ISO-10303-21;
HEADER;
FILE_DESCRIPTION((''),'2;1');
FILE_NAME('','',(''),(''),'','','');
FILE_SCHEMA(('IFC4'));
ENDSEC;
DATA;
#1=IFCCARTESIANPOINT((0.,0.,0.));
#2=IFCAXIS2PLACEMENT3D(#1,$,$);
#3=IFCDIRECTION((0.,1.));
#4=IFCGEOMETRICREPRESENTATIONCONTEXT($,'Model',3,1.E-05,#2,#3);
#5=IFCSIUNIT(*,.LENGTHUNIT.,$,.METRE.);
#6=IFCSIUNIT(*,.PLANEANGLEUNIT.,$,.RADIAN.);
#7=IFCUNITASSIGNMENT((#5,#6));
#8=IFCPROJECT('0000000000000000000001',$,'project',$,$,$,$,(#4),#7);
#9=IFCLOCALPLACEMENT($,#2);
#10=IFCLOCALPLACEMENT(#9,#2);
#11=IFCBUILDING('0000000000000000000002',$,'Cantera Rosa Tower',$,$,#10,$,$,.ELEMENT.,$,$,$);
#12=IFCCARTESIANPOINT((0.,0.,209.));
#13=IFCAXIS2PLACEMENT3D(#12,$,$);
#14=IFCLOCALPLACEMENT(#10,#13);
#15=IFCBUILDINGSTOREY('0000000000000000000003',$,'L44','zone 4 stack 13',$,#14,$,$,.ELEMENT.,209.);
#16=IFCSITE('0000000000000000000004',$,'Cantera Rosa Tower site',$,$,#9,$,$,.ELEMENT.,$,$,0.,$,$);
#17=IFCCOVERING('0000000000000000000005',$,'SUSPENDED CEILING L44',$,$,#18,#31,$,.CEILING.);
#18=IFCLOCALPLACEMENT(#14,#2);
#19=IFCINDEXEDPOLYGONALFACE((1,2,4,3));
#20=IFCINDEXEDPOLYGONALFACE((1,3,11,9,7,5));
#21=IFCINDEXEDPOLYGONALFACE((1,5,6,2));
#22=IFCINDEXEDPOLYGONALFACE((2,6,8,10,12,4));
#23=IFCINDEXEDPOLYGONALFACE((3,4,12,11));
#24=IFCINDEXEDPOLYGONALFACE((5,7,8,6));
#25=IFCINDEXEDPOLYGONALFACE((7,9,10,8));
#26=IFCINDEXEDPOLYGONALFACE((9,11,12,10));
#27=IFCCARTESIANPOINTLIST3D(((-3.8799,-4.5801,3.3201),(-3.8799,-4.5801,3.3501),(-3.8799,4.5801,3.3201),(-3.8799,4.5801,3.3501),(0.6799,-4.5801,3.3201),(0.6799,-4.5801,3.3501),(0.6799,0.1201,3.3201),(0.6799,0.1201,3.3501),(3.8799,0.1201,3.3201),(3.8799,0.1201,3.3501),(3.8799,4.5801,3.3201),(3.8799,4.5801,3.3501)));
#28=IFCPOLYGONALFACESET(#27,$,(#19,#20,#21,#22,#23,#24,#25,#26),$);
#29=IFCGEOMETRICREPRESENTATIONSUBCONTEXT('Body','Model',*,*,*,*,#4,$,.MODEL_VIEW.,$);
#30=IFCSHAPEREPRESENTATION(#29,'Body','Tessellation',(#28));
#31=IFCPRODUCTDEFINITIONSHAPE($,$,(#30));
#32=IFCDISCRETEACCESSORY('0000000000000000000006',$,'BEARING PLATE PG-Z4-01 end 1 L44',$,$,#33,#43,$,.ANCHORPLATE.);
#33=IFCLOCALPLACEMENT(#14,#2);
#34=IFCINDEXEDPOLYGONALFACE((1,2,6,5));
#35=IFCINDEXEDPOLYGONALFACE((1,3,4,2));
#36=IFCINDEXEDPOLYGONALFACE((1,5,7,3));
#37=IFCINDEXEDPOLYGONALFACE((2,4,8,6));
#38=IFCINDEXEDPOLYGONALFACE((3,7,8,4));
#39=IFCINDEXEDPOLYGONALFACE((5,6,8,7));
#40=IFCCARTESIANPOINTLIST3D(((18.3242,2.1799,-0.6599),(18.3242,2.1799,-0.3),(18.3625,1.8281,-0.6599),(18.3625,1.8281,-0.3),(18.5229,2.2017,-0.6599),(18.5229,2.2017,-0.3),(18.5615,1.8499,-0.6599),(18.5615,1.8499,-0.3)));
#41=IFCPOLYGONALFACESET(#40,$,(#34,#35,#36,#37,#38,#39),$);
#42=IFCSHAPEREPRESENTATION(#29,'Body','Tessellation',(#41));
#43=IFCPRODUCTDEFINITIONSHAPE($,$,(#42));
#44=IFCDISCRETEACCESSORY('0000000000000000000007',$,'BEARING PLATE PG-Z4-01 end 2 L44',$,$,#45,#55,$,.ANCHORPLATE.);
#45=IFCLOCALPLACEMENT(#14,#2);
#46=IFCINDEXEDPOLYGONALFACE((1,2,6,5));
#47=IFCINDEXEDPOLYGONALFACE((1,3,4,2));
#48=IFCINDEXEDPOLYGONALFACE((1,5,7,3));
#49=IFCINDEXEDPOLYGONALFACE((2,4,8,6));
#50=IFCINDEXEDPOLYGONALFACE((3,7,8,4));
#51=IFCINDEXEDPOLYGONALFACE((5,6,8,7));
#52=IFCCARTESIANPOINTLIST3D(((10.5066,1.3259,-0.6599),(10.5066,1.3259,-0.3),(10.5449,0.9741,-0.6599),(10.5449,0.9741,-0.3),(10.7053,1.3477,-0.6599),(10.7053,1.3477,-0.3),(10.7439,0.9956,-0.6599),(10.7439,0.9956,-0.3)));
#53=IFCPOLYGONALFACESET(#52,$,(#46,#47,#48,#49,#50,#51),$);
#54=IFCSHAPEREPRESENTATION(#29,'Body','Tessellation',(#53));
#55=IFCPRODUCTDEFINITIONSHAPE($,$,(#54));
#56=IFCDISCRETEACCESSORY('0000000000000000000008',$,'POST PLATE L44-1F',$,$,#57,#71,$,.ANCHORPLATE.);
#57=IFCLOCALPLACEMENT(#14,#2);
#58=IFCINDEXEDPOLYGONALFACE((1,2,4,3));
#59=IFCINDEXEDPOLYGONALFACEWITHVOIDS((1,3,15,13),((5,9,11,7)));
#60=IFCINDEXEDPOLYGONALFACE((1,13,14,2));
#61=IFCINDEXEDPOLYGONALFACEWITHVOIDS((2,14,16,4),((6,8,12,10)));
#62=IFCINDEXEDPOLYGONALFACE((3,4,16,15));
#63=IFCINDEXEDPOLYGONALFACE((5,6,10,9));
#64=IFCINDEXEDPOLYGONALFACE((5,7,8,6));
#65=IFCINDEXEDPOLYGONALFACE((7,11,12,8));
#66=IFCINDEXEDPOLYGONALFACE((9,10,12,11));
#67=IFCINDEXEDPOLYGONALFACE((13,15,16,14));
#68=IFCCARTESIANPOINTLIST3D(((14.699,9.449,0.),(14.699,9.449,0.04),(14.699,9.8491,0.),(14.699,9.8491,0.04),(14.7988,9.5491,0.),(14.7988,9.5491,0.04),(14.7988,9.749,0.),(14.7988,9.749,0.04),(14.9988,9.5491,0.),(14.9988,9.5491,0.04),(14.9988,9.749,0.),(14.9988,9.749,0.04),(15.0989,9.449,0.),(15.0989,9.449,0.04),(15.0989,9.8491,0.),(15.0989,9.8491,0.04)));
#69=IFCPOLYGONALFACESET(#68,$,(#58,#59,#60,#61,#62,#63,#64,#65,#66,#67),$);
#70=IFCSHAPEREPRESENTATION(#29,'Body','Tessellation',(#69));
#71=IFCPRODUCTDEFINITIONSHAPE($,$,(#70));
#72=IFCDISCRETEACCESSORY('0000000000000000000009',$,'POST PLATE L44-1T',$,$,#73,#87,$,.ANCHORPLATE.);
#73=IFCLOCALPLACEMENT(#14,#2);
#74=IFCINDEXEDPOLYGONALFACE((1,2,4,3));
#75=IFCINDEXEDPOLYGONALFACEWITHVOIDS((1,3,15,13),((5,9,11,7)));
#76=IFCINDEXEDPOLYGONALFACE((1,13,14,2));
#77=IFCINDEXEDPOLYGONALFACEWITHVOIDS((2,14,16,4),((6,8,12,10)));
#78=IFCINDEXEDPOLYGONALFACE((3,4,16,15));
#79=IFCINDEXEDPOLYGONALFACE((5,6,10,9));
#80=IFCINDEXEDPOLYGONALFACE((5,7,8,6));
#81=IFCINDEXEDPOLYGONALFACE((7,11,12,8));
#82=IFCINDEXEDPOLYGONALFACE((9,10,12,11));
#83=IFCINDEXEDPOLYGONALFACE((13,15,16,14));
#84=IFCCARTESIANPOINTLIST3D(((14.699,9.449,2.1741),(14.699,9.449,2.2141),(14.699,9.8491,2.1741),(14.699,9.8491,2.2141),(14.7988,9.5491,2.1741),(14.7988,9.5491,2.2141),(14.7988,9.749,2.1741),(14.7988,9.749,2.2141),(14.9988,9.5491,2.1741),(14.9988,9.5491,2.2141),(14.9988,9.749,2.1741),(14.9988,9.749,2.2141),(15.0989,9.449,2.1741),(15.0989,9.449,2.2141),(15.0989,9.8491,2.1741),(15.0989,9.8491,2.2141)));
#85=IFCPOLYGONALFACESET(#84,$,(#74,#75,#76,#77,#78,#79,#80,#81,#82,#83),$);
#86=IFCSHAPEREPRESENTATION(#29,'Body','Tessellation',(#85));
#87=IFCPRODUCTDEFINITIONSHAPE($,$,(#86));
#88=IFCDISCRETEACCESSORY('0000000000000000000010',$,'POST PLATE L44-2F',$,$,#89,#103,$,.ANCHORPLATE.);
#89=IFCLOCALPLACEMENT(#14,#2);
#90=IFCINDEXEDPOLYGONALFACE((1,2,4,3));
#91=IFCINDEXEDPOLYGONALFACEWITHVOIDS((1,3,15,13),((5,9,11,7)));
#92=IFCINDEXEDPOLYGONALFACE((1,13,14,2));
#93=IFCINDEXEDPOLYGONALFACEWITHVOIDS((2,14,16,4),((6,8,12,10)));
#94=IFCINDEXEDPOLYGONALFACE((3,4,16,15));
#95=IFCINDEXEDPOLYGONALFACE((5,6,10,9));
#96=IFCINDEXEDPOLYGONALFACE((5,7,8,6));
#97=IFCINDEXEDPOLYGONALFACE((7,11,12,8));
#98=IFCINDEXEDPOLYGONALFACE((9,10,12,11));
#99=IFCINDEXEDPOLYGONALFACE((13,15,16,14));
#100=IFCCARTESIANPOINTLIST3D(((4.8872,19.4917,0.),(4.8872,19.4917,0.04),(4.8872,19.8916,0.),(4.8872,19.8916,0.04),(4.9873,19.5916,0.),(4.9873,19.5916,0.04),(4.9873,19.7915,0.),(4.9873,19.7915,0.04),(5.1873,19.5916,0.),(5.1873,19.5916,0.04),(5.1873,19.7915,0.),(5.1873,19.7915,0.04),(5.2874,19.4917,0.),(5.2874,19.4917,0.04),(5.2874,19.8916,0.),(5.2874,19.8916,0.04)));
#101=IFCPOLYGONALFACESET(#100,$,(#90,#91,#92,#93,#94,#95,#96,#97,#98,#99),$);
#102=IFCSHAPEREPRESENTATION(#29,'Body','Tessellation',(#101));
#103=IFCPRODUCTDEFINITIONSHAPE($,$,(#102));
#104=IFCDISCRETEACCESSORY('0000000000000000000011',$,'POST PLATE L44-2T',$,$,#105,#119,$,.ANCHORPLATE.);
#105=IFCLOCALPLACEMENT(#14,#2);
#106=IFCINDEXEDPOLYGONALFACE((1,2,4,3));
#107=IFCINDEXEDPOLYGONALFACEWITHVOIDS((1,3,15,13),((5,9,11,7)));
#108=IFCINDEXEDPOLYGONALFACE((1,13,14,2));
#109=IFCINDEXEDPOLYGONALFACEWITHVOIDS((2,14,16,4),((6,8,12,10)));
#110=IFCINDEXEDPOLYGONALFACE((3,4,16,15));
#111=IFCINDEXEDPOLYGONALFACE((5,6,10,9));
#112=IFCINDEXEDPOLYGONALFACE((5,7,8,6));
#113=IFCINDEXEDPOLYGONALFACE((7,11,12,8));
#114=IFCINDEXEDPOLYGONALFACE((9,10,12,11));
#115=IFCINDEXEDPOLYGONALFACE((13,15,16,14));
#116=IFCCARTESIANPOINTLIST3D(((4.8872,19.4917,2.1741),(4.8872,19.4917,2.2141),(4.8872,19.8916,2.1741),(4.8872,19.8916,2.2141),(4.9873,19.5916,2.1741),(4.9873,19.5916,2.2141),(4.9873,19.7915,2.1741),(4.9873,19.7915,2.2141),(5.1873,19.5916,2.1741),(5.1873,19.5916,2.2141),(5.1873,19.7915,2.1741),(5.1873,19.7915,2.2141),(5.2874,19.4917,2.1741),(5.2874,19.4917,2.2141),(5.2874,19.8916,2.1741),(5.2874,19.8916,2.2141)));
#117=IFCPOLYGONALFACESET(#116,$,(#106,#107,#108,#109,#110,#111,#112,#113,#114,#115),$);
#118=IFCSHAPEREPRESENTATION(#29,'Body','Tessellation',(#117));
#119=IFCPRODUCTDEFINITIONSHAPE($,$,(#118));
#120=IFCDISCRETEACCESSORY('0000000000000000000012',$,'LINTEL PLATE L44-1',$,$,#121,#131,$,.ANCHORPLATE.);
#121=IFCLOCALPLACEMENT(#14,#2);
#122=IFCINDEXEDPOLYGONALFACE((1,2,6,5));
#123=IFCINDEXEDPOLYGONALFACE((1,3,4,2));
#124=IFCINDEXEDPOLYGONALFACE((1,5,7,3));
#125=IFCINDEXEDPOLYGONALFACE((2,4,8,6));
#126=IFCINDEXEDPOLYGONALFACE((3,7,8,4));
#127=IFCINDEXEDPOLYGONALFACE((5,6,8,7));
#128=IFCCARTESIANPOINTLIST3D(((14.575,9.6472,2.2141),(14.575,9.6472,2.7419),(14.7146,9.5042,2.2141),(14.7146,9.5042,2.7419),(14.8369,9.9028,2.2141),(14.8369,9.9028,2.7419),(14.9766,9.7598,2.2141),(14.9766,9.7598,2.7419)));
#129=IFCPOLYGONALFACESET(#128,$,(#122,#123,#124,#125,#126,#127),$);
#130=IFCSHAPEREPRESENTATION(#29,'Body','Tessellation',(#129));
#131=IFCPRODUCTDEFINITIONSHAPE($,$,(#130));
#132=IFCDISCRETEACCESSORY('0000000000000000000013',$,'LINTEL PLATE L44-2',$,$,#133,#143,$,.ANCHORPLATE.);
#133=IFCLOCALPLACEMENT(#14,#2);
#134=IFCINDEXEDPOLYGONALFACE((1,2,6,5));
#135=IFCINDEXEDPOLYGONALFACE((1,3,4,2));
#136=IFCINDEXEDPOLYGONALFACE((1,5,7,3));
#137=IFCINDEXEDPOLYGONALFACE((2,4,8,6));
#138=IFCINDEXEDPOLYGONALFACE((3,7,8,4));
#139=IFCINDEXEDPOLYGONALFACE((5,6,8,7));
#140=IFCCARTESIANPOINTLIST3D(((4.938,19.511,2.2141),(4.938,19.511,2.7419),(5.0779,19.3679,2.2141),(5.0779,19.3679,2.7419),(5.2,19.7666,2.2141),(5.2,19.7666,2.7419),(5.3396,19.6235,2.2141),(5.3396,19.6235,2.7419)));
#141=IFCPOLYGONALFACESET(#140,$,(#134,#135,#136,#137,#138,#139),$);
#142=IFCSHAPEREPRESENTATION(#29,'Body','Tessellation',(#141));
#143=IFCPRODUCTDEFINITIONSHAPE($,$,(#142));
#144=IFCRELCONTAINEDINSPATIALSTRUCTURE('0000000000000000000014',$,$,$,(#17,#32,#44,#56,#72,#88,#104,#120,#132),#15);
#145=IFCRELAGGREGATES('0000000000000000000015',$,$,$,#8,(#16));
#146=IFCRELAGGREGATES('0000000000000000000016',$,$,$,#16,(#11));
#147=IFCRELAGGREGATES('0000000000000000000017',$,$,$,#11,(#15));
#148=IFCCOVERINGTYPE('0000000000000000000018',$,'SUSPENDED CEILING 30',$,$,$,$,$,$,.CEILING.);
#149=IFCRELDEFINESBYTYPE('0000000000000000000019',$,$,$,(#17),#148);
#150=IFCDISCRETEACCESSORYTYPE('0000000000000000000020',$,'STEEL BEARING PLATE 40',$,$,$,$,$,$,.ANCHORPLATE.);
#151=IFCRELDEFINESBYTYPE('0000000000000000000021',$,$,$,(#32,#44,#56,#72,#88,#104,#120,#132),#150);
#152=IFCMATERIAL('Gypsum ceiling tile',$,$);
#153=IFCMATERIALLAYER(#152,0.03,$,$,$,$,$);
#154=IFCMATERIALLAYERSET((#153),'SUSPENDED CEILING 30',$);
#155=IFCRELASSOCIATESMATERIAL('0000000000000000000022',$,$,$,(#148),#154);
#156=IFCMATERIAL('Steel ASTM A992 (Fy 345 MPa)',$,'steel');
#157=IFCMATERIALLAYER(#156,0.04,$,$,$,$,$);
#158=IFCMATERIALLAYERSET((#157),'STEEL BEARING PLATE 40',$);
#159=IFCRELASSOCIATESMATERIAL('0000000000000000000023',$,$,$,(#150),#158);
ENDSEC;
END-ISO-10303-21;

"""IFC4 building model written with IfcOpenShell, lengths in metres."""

from ifc_helpers import new_model, si_unit, direction, frame, origin, place, context, subcontext, project, spatial, polyline, outline, extrude, material, layer, layer_set, type_object, element, save


model = new_model("IFC4")

# Units and contexts
model_context = context("Model", 3, precision=1e-05, world=origin(), true_north=direction((0.0, 1.0)))
body_context = subcontext(model_context, "Body", "Model", "MODEL_VIEW")
ifc_project = project(units=[si_unit("LENGTHUNIT", "METRE"), si_unit("PLANEANGLEUNIT", "RADIAN")], contexts=[model_context])

# Site, building, storey
site_placement = place(None, origin())
site = spatial("IfcSite", under=ifc_project, at=site_placement, Name="Cantera Rosa Tower site", CompositionType="ELEMENT", RefElevation=0.0)
building_placement = place(site_placement, origin())
building = spatial("IfcBuilding", under=site, at=building_placement, Name="Cantera Rosa Tower", CompositionType="ELEMENT")
storey_placement = place(building_placement, frame((0.0, 0.0, 209.0)))
storey = spatial("IfcBuildingStorey", under=building, at=storey_placement, Name="L44", Description="zone 4 stack 13", CompositionType="ELEMENT", Elevation=209.0)

# Covering
ifc_material_1 = material(Name="Gypsum ceiling tile")
ifc_layer_1 = layer(ifc_material_1, 0.03)
ifc_layer_set_1 = layer_set([ifc_layer_1], Name="SUSPENDED CEILING 30")
covering_type_1 = type_object("IfcCoveringType", Name="SUSPENDED CEILING 30", PredefinedType="CEILING", material=ifc_layer_set_1)
covering_1_placement = place(storey_placement, frame((0.0, 0.0, 3.3201)))
element("IfcCovering", 1, at=covering_1_placement, inside=storey, type_object=covering_type_1, Name="SUSPENDED CEILING L44", PredefinedType="CEILING", context=body_context, shape_type="SweptSolid", body=[
    extrude(outline(polyline([(3.8799, 4.5801), (3.8799, 0.1201), (0.6799, 0.1201), (0.6799, -4.5801), (-3.8799, -4.5801), (-3.8799, 4.5801), (3.8799, 4.5801)])), origin(), (0.0, 0.0, 1.0), 0.03),
])

# Discrete accessories
ifc_material_2 = material(Name="Steel ASTM A992 (Fy 345 MPa)", Category="steel")
ifc_layer_2 = layer(ifc_material_2, 0.04)
ifc_layer_set_2 = layer_set([ifc_layer_2], Name="STEEL BEARING PLATE 40")
discrete_accessory_type = type_object("IfcDiscreteAccessoryType", Name="STEEL BEARING PLATE 40", PredefinedType="ANCHORPLATE", material=ifc_layer_set_2)
discrete_accessory_1_placement = place(storey_placement, frame((0.0, 0.0, -0.6599)))
element("IfcDiscreteAccessory", 2, at=discrete_accessory_1_placement, inside=storey, type_object=discrete_accessory_type, Name="BEARING PLATE PG-Z4-01 end 1 L44", PredefinedType="ANCHORPLATE", context=body_context, shape_type="SweptSolid", body=[
    extrude(outline(polyline([(18.3625, 1.8281), (18.5615, 1.8499), (18.5229, 2.2017), (18.3242, 2.1799), (18.3625, 1.8281)])), origin(), (0.0, 0.0, 1.0), 0.3599),
])
discrete_accessory_2_placement = place(storey_placement, frame((0.0, 0.0, -0.6599)))
element("IfcDiscreteAccessory", 3, at=discrete_accessory_2_placement, inside=storey, type_object=discrete_accessory_type, Name="BEARING PLATE PG-Z4-01 end 2 L44", PredefinedType="ANCHORPLATE", context=body_context, shape_type="SweptSolid", body=[
    extrude(outline(polyline([(10.7053, 1.3477), (10.5066, 1.3259), (10.5449, 0.9741), (10.7439, 0.9956), (10.7053, 1.3477)])), origin(), (0.0, 0.0, 1.0), 0.3599),
])
for number, where, name in (
    (4, (0.0, 0.0, 0.0), "POST PLATE L44-1F"),
    (5, (0.0, 0.0, 2.1741), "POST PLATE L44-1T"),
):
    element("IfcDiscreteAccessory", number, at=place(storey_placement, frame(where)), inside=storey, type_object=discrete_accessory_type, Name=name, PredefinedType="ANCHORPLATE", context=body_context, shape_type="SweptSolid", body=[
        extrude(outline(polyline([(14.699, 9.449), (15.0989, 9.449), (15.0989, 9.8491), (14.699, 9.8491), (14.699, 9.449)]), holes=[polyline([(14.7988, 9.5491), (14.9988, 9.5491), (14.9988, 9.749), (14.7988, 9.749), (14.7988, 9.5491)])]), origin(), (0.0, 0.0, 1.0), 0.04),
    ])
for number, where, name in (
    (6, (0.0, 0.0, 0.0), "POST PLATE L44-2F"),
    (7, (0.0, 0.0, 2.1741), "POST PLATE L44-2T"),
):
    element("IfcDiscreteAccessory", number, at=place(storey_placement, frame(where)), inside=storey, type_object=discrete_accessory_type, Name=name, PredefinedType="ANCHORPLATE", context=body_context, shape_type="SweptSolid", body=[
        extrude(outline(polyline([(4.8872, 19.4917), (5.2874, 19.4917), (5.2874, 19.8916), (4.8872, 19.8916), (4.8872, 19.4917)]), holes=[polyline([(4.9873, 19.5916), (5.1873, 19.5916), (5.1873, 19.7915), (4.9873, 19.7915), (4.9873, 19.5916)])]), origin(), (0.0, 0.0, 1.0), 0.04),
    ])
discrete_accessory_3_placement = place(storey_placement, frame((0.0, 0.0, 2.2141)))
element("IfcDiscreteAccessory", 8, at=discrete_accessory_3_placement, inside=storey, type_object=discrete_accessory_type, Name="LINTEL PLATE L44-1", PredefinedType="ANCHORPLATE", context=body_context, shape_type="SweptSolid", body=[
    extrude(outline(polyline([(14.575, 9.6472), (14.7146, 9.5042), (14.9766, 9.7598), (14.8369, 9.9028), (14.575, 9.6472)])), origin(), (0.0, 0.0, 1.0), 0.5278),
])
discrete_accessory_4_placement = place(storey_placement, frame((0.0, 0.0, 2.2141)))
element("IfcDiscreteAccessory", 9, at=discrete_accessory_4_placement, inside=storey, type_object=discrete_accessory_type, Name="LINTEL PLATE L44-2", PredefinedType="ANCHORPLATE", context=body_context, shape_type="SweptSolid", body=[
    extrude(outline(polyline([(5.3396, 19.6235), (5.2, 19.7666), (4.938, 19.511), (5.0779, 19.3679), (5.3396, 19.6235)])), origin(), (0.0, 0.0, 1.0), 0.5278),
])

save(model, "model.ifc")
